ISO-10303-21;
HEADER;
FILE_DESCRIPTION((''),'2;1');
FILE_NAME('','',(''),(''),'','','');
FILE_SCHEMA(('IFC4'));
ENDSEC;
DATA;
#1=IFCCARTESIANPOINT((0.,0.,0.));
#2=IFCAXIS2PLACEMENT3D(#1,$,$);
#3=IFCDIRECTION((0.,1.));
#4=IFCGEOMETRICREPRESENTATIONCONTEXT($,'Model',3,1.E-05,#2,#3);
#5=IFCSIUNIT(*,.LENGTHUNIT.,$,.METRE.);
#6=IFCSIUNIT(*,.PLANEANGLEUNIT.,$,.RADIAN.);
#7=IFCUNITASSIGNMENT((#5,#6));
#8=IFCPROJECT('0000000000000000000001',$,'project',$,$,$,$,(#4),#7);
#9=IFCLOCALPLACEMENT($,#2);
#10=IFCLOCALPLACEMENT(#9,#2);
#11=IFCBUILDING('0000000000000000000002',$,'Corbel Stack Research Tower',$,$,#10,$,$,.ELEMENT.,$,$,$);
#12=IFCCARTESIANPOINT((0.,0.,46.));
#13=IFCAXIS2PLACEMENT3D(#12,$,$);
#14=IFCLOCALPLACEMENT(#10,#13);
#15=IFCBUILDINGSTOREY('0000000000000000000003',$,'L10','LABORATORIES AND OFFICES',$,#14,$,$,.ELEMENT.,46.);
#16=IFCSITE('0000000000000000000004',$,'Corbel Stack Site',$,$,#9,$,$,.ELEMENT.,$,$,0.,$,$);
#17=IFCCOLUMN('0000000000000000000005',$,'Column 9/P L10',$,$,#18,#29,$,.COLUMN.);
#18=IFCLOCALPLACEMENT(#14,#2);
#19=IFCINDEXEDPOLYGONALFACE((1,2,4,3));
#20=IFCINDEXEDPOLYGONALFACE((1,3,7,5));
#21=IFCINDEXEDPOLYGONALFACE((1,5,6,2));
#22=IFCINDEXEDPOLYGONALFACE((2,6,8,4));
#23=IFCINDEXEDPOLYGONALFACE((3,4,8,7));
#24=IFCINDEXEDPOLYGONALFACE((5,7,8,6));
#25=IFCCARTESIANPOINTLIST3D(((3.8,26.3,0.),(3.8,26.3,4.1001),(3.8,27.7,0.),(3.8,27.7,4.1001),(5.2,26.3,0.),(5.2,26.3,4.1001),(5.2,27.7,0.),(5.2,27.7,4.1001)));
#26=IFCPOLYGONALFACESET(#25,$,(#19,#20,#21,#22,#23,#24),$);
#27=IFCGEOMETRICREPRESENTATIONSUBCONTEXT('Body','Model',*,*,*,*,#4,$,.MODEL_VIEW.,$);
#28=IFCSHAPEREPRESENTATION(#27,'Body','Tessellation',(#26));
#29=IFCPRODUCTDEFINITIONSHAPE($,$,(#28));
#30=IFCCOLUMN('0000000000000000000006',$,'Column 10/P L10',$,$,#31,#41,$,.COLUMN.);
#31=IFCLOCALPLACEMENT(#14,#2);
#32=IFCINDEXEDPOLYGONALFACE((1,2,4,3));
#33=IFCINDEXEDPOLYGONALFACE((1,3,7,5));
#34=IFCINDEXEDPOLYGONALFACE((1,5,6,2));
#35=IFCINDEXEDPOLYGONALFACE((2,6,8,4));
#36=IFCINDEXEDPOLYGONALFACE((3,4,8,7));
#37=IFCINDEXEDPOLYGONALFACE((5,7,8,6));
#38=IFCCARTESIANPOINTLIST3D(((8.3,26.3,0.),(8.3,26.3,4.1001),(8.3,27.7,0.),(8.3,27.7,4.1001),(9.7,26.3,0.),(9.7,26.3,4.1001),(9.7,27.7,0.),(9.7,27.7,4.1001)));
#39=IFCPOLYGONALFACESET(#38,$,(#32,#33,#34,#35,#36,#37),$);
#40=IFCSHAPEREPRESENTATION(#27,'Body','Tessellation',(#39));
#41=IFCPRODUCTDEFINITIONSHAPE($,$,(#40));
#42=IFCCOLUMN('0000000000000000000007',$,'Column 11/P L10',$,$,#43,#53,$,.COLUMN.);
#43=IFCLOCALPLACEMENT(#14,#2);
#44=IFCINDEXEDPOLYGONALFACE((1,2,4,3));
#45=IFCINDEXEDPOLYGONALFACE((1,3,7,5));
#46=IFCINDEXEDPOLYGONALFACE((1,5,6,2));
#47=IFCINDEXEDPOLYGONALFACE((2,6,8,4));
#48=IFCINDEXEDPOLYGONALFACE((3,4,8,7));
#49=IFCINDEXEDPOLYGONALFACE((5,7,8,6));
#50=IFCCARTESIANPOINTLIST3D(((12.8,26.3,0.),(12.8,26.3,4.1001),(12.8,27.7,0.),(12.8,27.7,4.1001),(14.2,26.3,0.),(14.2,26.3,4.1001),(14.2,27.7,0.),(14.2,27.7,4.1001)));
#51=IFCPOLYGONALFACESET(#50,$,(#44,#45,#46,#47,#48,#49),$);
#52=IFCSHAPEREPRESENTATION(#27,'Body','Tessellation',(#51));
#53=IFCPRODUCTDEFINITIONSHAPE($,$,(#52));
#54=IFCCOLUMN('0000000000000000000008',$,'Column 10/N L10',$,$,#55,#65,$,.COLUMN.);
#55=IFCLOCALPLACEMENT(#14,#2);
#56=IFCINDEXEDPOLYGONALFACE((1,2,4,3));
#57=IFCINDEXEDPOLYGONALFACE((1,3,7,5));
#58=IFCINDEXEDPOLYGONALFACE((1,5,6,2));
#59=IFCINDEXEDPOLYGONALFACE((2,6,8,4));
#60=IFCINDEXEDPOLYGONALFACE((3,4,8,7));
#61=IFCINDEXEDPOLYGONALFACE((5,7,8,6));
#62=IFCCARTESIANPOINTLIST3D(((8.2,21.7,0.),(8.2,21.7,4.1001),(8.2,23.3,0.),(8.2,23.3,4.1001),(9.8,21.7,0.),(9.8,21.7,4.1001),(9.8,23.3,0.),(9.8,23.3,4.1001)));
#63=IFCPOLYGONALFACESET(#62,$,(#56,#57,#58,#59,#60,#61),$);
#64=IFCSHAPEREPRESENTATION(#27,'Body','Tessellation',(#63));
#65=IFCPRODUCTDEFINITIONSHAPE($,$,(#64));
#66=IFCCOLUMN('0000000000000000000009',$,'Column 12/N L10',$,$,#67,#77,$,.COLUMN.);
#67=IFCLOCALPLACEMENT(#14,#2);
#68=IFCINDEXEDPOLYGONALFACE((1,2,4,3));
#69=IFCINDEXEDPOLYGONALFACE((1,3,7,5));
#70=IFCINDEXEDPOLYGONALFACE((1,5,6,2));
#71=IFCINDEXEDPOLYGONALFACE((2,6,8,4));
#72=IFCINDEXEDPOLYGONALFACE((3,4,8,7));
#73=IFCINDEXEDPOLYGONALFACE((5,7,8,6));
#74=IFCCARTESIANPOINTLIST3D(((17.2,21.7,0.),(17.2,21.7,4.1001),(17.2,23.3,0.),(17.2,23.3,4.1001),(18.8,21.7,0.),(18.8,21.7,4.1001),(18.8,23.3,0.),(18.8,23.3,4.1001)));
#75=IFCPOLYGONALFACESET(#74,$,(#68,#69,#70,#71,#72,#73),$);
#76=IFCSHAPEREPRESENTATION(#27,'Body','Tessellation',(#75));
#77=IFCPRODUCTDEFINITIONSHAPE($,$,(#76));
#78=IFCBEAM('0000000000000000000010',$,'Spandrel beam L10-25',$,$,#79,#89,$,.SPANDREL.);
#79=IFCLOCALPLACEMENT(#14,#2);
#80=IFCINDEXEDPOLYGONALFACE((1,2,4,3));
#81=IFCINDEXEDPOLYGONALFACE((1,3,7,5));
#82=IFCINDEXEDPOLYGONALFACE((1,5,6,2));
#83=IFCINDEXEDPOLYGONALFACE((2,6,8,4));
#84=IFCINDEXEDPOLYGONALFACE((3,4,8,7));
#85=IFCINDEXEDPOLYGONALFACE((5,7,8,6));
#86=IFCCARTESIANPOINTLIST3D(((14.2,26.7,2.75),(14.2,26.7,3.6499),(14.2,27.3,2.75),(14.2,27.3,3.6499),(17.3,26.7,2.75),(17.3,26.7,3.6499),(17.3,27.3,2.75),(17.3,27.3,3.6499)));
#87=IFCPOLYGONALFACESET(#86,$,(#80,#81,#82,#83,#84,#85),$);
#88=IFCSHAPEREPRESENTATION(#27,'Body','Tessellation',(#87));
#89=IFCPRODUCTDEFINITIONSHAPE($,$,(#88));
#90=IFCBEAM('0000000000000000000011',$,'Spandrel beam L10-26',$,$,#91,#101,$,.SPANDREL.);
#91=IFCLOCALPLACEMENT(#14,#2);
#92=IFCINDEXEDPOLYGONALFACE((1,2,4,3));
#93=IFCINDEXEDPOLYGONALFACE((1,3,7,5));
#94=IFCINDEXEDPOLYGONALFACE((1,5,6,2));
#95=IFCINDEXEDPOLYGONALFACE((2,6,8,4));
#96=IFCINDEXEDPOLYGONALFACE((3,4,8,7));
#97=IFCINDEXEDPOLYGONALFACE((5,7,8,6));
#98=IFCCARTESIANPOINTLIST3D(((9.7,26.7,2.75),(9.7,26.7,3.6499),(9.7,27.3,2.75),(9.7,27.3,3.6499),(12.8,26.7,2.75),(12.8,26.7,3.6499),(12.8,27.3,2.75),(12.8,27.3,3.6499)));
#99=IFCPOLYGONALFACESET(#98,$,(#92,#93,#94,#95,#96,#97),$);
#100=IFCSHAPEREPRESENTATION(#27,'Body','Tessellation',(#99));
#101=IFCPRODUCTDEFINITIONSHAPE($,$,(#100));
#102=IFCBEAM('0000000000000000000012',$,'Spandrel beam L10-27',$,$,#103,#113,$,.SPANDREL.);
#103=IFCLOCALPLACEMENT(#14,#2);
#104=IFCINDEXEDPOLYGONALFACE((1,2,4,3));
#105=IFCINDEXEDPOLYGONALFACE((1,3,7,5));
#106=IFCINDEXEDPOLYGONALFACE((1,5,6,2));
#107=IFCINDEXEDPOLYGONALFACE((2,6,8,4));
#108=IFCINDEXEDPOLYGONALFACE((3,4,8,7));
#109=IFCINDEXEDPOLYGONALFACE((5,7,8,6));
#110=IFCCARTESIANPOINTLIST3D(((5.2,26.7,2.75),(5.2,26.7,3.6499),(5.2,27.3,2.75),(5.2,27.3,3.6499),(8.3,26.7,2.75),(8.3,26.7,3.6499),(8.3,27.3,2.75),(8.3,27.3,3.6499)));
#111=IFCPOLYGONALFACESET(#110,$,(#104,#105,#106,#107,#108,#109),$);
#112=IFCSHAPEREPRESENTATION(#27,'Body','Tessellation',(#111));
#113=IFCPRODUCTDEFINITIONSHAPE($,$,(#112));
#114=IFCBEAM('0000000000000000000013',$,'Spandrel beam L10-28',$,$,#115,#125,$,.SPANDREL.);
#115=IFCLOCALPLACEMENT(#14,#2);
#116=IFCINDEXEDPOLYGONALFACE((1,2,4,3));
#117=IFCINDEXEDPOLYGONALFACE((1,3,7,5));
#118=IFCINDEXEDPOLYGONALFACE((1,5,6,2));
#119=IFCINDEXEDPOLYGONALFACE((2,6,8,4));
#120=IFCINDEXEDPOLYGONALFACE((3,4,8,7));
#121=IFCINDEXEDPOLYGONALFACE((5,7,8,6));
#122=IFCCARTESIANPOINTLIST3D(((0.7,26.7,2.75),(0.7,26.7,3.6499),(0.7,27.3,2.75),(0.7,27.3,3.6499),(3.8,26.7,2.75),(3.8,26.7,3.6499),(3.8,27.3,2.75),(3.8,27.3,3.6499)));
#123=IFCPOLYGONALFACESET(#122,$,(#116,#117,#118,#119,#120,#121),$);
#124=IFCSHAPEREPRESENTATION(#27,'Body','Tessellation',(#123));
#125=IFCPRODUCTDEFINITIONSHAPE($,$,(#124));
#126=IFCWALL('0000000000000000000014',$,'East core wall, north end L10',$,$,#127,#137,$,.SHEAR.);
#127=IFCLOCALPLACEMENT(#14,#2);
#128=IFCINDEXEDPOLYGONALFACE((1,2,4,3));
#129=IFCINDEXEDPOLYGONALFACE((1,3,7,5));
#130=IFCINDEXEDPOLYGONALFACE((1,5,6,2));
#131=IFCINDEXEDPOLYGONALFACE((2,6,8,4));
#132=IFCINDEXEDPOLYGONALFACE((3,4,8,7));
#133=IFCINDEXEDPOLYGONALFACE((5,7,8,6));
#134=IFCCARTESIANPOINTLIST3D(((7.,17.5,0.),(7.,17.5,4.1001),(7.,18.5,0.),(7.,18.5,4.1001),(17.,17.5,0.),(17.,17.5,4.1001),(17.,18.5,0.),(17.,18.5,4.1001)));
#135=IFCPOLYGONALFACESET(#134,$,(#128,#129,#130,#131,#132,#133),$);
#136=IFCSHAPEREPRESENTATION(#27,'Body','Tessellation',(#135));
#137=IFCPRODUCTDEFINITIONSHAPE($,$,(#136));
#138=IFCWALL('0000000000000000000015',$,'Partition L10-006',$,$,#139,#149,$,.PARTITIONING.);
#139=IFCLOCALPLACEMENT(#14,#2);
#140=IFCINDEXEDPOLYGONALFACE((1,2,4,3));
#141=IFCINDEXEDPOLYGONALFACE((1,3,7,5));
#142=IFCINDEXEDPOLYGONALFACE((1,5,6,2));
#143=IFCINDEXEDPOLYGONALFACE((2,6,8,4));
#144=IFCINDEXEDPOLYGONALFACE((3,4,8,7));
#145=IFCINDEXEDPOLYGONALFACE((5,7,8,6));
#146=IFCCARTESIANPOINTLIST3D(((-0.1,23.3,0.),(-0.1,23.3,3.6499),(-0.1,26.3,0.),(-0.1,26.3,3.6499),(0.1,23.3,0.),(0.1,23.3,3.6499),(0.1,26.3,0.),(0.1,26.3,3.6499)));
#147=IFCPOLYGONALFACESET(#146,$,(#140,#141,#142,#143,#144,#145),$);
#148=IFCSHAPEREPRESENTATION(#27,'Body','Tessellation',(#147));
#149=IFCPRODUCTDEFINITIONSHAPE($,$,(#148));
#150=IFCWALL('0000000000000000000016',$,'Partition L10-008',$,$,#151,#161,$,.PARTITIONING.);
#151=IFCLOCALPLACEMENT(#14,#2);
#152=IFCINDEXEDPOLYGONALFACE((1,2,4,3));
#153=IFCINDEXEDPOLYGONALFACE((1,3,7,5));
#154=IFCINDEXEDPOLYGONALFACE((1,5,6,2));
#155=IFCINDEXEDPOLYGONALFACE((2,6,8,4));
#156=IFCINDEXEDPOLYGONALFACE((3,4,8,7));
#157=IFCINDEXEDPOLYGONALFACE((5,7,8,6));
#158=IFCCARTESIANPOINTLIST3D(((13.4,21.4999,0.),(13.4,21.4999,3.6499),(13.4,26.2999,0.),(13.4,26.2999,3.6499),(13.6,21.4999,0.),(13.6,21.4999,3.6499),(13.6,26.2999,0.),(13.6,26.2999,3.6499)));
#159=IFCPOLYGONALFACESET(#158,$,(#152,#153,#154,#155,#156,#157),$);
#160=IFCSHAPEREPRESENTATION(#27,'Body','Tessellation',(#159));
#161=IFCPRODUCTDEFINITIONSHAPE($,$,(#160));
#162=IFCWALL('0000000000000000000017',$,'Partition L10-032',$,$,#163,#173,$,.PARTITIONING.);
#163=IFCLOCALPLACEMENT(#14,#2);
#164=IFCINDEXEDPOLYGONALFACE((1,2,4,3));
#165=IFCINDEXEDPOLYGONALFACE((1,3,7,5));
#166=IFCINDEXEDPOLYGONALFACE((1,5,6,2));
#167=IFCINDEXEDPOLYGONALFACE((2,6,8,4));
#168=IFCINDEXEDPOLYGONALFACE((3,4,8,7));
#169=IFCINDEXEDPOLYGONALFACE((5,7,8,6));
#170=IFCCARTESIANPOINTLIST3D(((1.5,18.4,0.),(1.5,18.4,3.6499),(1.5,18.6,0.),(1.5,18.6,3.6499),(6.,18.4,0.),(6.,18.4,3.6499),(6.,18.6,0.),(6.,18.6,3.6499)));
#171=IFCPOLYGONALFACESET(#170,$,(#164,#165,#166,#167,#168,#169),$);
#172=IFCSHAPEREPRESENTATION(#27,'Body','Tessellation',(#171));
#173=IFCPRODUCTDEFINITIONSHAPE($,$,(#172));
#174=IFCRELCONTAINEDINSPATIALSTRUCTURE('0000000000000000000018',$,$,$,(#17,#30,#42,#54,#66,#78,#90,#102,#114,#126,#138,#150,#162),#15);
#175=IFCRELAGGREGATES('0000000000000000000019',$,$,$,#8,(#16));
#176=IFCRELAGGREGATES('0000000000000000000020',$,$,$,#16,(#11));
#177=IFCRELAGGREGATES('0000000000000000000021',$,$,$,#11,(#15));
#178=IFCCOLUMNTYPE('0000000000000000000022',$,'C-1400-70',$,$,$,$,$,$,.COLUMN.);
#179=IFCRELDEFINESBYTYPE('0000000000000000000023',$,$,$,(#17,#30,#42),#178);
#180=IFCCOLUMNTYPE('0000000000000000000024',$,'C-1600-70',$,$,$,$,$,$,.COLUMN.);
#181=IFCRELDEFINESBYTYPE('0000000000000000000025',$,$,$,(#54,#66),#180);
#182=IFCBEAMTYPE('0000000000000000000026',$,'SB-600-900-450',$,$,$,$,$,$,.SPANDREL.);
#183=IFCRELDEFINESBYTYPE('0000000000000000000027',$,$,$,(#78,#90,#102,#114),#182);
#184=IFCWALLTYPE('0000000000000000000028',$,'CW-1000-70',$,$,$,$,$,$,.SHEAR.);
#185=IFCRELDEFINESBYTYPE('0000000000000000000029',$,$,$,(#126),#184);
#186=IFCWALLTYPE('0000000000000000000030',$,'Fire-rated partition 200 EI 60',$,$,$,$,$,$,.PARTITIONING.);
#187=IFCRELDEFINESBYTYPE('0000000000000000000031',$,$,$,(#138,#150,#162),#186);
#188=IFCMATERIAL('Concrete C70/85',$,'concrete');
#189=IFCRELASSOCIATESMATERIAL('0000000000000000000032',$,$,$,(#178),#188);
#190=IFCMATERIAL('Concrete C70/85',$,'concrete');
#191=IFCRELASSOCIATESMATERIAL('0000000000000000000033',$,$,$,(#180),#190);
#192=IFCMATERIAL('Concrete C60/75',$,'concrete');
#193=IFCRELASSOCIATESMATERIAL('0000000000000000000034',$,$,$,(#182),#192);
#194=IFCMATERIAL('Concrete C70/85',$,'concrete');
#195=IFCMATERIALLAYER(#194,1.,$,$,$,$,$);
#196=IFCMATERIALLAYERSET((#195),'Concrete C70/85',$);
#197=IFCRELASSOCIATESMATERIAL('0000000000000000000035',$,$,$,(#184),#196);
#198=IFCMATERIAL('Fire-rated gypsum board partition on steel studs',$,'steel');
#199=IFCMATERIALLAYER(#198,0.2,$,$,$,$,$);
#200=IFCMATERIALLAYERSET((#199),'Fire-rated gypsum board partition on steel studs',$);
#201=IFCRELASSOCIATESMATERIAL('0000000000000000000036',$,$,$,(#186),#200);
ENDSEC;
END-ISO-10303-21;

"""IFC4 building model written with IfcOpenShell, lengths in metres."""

from ifc_helpers import new_model, si_unit, direction, frame, frame_2d, origin, origin_2d, place, context, subcontext, project, spatial, rectangle, extrude, material, layer, layer_set, material_profile, profile_set, type_object, element, save


model = new_model("IFC4")

# Units and contexts
model_context = context("Model", 3, precision=1e-05, world=origin(), true_north=direction((0.0, 1.0)))
body_context = subcontext(model_context, "Body", "Model", "MODEL_VIEW")
ifc_project = project(units=[si_unit("LENGTHUNIT", "METRE"), si_unit("PLANEANGLEUNIT", "RADIAN")], contexts=[model_context])

# Site, building, storey
site_placement = place(None, origin())
site = spatial("IfcSite", under=ifc_project, at=site_placement, Name="Corbel Stack Site", CompositionType="ELEMENT", RefElevation=0.0)
building_placement = place(site_placement, origin())
building = spatial("IfcBuilding", under=site, at=building_placement, Name="Corbel Stack Research Tower", CompositionType="ELEMENT")
storey_placement = place(building_placement, frame((0.0, 0.0, 46.0)))
storey = spatial("IfcBuildingStorey", under=building, at=storey_placement, Name="L10", Description="LABORATORIES AND OFFICES", CompositionType="ELEMENT", Elevation=46.0)

# Columns
ifc_material_1 = material(Name="Concrete C70/85", Category="concrete")
ifc_material_profile_1 = material_profile(ifc_material_1, rectangle(XDim=1.3999, YDim=1.3999, at=origin_2d()), Name="RC 1400 x 1400")
ifc_profile_set_1 = profile_set([ifc_material_profile_1], Name="Concrete C70/85")
column_type_1 = type_object("IfcColumnType", Name="C-1400-70", PredefinedType="COLUMN", material=ifc_profile_set_1)
for number, where, z_axis, x_axis, name in (
    (1, (4.5, 27.0, 0.0), (0.0, 0.0, 1.0), (1.0, 0.0, 0.0), "Column 9/P L10"),
    (2, (9.0, 27.0, 0.0), (0.0, 0.0, 1.0), (1.0, 0.0, 0.0), "Column 10/P L10"),
    (3, (13.5, 27.0, 0.0), (0.0, 0.0, 1.0), (1.0, 0.0, 0.0), "Column 11/P L10"),
):
    element("IfcColumn", number, at=place(storey_placement, frame(where, z_axis=z_axis, x_axis=x_axis)), inside=storey, type_object=column_type_1, Name=name, PredefinedType="COLUMN", context=body_context, shape_type="SweptSolid", body=[
        extrude(rectangle(XDim=1.3999, YDim=1.3999, at=origin_2d()), origin(), (0.0, 0.0, 1.0), 4.1001),
    ])
ifc_material_2 = material(Name="Concrete C70/85", Category="concrete")
ifc_material_profile_2 = material_profile(ifc_material_2, rectangle(XDim=1.6001, YDim=1.6001, at=origin_2d()), Name="RC 1600 x 1600")
ifc_profile_set_2 = profile_set([ifc_material_profile_2], Name="Concrete C70/85")
column_type_2 = type_object("IfcColumnType", Name="C-1600-70", PredefinedType="COLUMN", material=ifc_profile_set_2)
for number, where, z_axis, x_axis, name in (
    (4, (9.0, 22.5, 0.0), (0.0, 0.0, 1.0), (1.0, 0.0, 0.0), "Column 10/N L10"),
    (5, (18.0, 22.5, 0.0), (0.0, 0.0, 1.0), (1.0, 0.0, 0.0), "Column 12/N L10"),
):
    element("IfcColumn", number, at=place(storey_placement, frame(where, z_axis=z_axis, x_axis=x_axis)), inside=storey, type_object=column_type_2, Name=name, PredefinedType="COLUMN", context=body_context, shape_type="SweptSolid", body=[
        extrude(rectangle(XDim=1.6001, YDim=1.6001, at=origin_2d()), origin(), (0.0, 0.0, 1.0), 4.1001),
    ])

# Beams
ifc_material_3 = material(Name="Concrete C60/75", Category="concrete")
ifc_material_profile_3 = material_profile(ifc_material_3, rectangle(XDim=0.6001, YDim=0.8999, at=origin_2d()), Name="RC 600 x 900")
ifc_profile_set_3 = profile_set([ifc_material_profile_3], Name="Concrete C60/75")
beam_type = type_object("IfcBeamType", Name="SB-600-900-450", PredefinedType="SPANDREL", material=ifc_profile_set_3)
for number, where, z_axis, x_axis, name in (
    (6, (17.3, 27.0, 3.2), (-1.0, 0.0, 0.0), (0.0, -1.0, 0.0), "Spandrel beam L10-25"),
    (7, (12.8, 27.0, 3.2), (-1.0, 0.0, 0.0), (0.0, -1.0, 0.0), "Spandrel beam L10-26"),
    (8, (8.3, 27.0, 3.2), (-1.0, 0.0, 0.0), (0.0, -1.0, 0.0), "Spandrel beam L10-27"),
    (9, (3.8, 27.0, 3.2), (-1.0, 0.0, 0.0), (0.0, -1.0, 0.0), "Spandrel beam L10-28"),
):
    element("IfcBeam", number, at=place(storey_placement, frame(where, z_axis=z_axis, x_axis=x_axis)), inside=storey, type_object=beam_type, Name=name, PredefinedType="SPANDREL", context=body_context, shape_type="SweptSolid", body=[
        extrude(rectangle(XDim=0.6001, YDim=0.8999, at=origin_2d()), origin(), (0.0, 0.0, 1.0), 3.1001),
    ])

# Walls
ifc_material_4 = material(Name="Concrete C70/85", Category="concrete")
ifc_layer_1 = layer(ifc_material_4, 1.0)
ifc_layer_set_1 = layer_set([ifc_layer_1], Name="Concrete C70/85")
wall_type_1 = type_object("IfcWallType", Name="CW-1000-70", PredefinedType="SHEAR", material=ifc_layer_set_1)
wall_1_placement = place(storey_placement, frame((7.0, 18.0, 0.0), z_axis=(0.0, 0.0, 1.0), x_axis=(1.0, 0.0, 0.0)))
element("IfcWall", 10, at=wall_1_placement, inside=storey, type_object=wall_type_1, Name="East core wall, north end L10", PredefinedType="SHEAR", context=body_context, shape_type="SweptSolid", body=[
    extrude(rectangle(XDim=10.0, YDim=1.0, at=frame_2d((5.0, 0.0))), origin(), (0.0, 0.0, 1.0), 4.1001),
])
ifc_material_5 = material(Name="Fire-rated gypsum board partition on steel studs", Category="steel")
ifc_layer_2 = layer(ifc_material_5, 0.2)
ifc_layer_set_2 = layer_set([ifc_layer_2], Name="Fire-rated gypsum board partition on steel studs")
wall_type_2 = type_object("IfcWallType", Name="Fire-rated partition 200 EI 60", PredefinedType="PARTITIONING", material=ifc_layer_set_2)
wall_2_placement = place(storey_placement, frame((0.0, 23.3, 0.0), z_axis=(0.0, 0.0, 1.0), x_axis=(0.0, 1.0, 0.0)))
element("IfcWall", 11, at=wall_2_placement, inside=storey, type_object=wall_type_2, Name="Partition L10-006", PredefinedType="PARTITIONING", context=body_context, shape_type="SweptSolid", body=[
    extrude(rectangle(XDim=3.0, YDim=0.2, at=frame_2d((1.5, 0.0))), origin(), (0.0, 0.0, 1.0), 3.6499),
])
wall_3_placement = place(storey_placement, frame((13.5, 21.5, 0.0), z_axis=(0.0, 0.0, 1.0), x_axis=(0.0, 1.0, 0.0)))
element("IfcWall", 12, at=wall_3_placement, inside=storey, type_object=wall_type_2, Name="Partition L10-008", PredefinedType="PARTITIONING", context=body_context, shape_type="SweptSolid", body=[
    extrude(rectangle(XDim=4.8, YDim=0.2, at=frame_2d((2.3999, 0.0))), origin(), (0.0, 0.0, 1.0), 3.6499),
])
wall_4_placement = place(storey_placement, frame((1.5, 18.5, 0.0), z_axis=(0.0, 0.0, 1.0), x_axis=(1.0, 0.0, 0.0)))
element("IfcWall", 13, at=wall_4_placement, inside=storey, type_object=wall_type_2, Name="Partition L10-032", PredefinedType="PARTITIONING", context=body_context, shape_type="SweptSolid", body=[
    extrude(rectangle(XDim=4.5, YDim=0.2, at=frame_2d((2.25, 0.0))), origin(), (0.0, 0.0, 1.0), 3.6499),
])

save(model, "model.ifc")
